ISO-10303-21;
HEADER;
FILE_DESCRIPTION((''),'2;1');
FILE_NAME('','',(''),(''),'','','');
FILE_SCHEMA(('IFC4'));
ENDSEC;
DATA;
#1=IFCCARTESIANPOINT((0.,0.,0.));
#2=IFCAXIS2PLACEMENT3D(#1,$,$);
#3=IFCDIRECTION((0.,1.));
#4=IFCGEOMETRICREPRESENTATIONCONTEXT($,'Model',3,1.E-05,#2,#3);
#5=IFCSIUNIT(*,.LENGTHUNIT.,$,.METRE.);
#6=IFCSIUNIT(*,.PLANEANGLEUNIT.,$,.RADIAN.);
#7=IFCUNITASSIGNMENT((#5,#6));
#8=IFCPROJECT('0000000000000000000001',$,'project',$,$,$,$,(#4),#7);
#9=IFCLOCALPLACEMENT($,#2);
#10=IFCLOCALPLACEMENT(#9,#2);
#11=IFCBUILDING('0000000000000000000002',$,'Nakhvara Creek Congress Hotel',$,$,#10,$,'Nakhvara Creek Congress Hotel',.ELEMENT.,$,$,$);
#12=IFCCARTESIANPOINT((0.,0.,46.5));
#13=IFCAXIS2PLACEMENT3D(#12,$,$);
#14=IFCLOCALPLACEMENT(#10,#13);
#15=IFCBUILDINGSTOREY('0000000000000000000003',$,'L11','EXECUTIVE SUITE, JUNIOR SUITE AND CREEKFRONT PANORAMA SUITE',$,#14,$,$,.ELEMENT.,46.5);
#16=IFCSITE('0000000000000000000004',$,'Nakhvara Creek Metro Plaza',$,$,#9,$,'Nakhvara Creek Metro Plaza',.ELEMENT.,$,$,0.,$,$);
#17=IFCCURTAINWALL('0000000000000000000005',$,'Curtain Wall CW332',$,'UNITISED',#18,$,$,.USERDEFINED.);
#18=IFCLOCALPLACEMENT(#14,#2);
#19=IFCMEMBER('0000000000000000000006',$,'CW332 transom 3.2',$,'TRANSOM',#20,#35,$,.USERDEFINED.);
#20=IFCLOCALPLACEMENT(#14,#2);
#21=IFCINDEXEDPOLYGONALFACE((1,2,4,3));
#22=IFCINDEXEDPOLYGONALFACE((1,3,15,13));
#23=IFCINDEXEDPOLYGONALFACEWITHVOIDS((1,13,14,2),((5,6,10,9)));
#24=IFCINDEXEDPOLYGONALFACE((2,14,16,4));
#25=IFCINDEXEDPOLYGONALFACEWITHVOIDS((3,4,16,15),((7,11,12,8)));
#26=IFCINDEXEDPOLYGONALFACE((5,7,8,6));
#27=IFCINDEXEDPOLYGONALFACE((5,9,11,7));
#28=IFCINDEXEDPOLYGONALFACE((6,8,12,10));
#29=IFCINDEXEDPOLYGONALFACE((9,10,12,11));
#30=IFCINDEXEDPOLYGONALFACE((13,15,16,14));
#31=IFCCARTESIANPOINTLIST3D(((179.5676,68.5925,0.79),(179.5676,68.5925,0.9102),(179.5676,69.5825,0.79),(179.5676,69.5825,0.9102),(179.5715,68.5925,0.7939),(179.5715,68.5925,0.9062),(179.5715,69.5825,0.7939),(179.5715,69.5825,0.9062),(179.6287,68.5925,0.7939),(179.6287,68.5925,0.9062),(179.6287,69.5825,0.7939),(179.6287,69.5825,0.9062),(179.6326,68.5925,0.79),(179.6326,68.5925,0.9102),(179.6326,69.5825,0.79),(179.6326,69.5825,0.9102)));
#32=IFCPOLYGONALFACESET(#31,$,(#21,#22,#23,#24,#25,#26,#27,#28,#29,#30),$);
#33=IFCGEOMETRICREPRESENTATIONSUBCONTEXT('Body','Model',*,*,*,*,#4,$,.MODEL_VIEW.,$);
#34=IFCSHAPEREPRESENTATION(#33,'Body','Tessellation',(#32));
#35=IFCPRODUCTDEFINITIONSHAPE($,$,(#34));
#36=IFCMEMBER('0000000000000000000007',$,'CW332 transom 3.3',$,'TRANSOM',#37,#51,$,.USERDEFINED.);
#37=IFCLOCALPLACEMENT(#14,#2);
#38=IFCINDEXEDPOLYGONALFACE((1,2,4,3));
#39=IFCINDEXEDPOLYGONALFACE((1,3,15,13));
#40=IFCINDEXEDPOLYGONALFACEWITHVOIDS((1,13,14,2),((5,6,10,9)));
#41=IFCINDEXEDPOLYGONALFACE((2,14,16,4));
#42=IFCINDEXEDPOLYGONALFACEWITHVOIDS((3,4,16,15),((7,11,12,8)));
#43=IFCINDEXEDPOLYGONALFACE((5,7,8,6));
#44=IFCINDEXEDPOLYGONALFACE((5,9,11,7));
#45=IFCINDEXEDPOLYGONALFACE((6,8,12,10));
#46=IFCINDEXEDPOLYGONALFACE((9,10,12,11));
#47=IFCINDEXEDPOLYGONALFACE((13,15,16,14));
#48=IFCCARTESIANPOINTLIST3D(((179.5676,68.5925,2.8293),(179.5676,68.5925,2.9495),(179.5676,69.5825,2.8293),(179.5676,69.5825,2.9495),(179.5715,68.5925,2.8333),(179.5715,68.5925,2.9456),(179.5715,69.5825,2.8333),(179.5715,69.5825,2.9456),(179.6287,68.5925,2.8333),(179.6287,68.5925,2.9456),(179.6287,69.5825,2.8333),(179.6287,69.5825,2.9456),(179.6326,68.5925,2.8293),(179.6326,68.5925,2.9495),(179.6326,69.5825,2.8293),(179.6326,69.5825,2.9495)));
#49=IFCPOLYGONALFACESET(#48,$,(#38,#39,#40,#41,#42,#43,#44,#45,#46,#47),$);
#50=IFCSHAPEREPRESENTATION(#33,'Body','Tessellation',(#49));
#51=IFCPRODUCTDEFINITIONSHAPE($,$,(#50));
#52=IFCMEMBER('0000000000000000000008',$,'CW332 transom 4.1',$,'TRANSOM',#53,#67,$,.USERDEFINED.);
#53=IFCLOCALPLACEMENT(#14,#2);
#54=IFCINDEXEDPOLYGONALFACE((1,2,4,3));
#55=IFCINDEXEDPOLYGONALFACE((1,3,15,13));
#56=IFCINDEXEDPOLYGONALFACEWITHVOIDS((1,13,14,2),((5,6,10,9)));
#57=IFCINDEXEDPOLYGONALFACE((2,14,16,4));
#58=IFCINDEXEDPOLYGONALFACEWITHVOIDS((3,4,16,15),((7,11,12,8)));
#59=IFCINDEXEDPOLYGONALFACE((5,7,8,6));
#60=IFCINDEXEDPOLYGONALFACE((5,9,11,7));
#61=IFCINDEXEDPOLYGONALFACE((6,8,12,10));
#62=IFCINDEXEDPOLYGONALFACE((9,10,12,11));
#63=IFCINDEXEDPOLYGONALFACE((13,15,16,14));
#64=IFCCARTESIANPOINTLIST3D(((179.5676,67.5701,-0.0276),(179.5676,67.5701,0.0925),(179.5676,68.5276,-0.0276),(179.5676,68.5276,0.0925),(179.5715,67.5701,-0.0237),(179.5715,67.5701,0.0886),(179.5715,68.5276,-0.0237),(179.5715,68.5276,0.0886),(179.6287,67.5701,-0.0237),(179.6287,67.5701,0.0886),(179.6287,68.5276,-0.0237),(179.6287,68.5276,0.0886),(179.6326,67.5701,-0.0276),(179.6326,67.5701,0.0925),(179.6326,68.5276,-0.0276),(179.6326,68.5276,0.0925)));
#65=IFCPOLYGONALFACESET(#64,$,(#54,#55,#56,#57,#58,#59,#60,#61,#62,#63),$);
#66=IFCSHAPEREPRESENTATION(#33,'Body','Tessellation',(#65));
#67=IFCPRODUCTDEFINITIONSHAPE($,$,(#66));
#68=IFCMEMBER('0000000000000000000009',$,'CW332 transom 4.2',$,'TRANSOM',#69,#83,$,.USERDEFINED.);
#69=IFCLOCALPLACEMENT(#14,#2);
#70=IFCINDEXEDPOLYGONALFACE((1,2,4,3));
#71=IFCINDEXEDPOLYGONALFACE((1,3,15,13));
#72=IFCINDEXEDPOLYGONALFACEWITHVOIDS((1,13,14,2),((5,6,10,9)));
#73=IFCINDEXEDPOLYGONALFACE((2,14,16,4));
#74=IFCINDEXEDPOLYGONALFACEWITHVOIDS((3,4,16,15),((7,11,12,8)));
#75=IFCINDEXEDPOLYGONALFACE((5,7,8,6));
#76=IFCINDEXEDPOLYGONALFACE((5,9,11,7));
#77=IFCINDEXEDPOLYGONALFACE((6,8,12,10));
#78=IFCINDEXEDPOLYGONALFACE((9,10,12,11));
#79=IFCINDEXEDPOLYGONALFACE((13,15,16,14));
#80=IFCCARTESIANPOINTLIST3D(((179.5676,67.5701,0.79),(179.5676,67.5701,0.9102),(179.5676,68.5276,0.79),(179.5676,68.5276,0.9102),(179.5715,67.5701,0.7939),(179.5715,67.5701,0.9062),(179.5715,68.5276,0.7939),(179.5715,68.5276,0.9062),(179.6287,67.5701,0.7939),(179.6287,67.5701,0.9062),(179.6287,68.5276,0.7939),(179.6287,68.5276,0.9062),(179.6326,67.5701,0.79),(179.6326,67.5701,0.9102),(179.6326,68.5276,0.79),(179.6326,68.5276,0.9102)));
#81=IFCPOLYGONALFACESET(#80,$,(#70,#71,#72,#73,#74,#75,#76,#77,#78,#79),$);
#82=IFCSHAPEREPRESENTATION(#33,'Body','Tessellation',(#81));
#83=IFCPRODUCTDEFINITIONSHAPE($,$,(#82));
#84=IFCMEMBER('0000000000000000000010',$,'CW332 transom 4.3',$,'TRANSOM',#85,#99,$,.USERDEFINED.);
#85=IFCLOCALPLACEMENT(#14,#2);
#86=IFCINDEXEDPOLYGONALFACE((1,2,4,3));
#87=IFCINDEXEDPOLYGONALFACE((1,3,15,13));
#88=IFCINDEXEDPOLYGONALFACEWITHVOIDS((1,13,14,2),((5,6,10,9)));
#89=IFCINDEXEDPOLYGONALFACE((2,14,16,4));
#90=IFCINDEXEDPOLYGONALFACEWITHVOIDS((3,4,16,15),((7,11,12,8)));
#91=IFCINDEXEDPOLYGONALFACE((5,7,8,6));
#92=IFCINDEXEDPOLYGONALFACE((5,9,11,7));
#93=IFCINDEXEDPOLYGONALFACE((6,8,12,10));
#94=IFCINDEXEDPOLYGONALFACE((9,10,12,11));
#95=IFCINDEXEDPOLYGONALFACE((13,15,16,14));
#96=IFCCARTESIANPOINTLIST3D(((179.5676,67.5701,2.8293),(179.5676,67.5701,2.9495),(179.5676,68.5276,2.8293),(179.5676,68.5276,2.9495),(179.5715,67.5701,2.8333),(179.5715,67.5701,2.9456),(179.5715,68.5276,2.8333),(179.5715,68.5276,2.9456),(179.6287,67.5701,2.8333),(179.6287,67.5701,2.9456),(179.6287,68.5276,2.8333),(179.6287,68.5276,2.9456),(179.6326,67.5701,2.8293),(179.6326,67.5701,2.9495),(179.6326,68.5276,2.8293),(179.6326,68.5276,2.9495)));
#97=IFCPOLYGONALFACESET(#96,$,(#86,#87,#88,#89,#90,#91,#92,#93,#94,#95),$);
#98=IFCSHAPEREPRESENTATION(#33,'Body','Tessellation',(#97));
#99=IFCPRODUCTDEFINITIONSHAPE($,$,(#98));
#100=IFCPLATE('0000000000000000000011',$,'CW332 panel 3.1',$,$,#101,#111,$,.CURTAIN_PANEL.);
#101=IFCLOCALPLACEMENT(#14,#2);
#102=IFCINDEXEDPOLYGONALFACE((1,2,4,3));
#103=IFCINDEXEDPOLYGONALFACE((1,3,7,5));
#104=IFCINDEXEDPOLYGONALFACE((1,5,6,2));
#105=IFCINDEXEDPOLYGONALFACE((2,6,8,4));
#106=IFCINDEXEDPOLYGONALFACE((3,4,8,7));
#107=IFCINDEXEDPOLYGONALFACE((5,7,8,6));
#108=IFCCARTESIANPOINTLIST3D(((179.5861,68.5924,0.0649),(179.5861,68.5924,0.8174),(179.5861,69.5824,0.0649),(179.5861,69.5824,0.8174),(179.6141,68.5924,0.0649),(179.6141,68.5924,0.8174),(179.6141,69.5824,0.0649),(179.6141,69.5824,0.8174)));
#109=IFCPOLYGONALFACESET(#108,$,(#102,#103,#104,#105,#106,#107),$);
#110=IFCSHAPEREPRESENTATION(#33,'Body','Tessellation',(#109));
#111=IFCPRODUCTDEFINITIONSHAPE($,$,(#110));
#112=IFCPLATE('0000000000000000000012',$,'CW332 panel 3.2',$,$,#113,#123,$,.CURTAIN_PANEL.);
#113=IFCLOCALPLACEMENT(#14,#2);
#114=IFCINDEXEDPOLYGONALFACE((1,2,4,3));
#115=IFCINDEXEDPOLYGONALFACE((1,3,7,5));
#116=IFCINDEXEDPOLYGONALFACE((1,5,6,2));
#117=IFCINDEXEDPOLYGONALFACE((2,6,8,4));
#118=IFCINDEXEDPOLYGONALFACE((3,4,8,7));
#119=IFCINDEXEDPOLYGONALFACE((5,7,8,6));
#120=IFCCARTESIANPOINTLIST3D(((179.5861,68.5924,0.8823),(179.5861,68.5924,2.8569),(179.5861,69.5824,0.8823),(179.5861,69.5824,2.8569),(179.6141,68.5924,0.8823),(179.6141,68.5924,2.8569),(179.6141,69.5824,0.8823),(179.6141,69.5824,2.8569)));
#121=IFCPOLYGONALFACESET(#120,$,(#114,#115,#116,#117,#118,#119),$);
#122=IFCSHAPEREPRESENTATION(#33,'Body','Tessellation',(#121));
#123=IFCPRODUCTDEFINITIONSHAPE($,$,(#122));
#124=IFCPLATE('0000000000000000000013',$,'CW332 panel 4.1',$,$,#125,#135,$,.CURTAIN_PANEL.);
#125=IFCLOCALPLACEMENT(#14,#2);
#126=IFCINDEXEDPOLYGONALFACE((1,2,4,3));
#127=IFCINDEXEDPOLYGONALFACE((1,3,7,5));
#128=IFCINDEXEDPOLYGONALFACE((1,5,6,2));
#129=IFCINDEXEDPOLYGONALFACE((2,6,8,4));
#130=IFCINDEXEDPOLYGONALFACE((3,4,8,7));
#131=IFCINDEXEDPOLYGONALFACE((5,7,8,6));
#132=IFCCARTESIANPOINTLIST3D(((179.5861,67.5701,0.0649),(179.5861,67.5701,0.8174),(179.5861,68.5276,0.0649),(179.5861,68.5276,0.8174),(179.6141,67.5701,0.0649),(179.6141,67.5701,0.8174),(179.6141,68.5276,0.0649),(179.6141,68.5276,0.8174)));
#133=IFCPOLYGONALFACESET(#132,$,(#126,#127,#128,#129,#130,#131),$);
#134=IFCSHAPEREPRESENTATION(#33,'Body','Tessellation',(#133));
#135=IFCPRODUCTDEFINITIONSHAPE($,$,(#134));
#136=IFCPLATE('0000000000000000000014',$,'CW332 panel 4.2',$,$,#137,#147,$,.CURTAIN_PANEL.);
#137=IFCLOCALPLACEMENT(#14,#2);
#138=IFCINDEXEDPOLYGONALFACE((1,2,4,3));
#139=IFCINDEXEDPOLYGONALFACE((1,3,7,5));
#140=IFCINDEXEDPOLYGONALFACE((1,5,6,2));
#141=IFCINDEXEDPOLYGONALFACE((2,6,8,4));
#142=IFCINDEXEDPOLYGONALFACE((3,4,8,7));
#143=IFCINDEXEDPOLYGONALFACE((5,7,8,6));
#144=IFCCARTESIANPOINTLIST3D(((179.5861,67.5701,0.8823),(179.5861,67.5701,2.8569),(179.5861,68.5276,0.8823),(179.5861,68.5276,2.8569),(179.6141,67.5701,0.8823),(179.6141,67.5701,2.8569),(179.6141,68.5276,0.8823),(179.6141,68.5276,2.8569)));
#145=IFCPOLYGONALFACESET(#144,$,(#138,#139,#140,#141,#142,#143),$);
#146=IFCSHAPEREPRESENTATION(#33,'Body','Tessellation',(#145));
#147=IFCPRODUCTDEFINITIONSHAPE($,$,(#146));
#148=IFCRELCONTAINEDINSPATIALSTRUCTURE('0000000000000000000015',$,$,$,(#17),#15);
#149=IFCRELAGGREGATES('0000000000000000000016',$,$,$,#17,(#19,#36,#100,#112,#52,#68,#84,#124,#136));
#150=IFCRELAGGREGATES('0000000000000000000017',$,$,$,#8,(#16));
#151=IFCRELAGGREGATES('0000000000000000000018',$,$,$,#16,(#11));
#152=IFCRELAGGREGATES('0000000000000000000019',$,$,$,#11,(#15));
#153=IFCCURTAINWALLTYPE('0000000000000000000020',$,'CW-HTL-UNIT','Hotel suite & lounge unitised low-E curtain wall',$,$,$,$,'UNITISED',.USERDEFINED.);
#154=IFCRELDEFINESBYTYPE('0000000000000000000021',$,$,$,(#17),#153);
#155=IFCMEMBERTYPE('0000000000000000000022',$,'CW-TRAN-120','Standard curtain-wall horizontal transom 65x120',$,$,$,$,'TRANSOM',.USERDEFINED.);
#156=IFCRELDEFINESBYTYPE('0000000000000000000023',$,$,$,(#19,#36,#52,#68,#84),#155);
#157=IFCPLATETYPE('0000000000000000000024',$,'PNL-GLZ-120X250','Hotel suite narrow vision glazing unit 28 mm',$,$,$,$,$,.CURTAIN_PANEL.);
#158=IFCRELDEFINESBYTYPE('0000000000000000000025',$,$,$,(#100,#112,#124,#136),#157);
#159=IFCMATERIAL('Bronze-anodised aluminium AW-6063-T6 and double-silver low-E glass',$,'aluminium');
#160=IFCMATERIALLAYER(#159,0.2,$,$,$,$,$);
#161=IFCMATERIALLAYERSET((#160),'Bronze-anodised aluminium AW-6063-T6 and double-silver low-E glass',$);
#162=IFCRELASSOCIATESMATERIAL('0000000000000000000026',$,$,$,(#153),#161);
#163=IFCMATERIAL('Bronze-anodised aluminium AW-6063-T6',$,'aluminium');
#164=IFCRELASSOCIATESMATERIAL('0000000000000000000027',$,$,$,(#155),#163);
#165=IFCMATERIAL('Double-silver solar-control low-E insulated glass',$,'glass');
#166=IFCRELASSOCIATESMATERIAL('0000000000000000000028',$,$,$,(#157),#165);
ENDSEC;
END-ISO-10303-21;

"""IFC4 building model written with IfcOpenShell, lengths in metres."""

from ifc_helpers import new_model, si_unit, direction, frame, origin, origin_2d, place, context, subcontext, project, spatial, rectangle, hollow_rectangle, extrude, material, layer, layer_set, material_profile, profile_set, type_object, element, aggregate, save


model = new_model("IFC4")

# Units and contexts
model_context = context("Model", 3, precision=1e-05, world=origin(), true_north=direction((0.0, 1.0)))
body_context = subcontext(model_context, "Body", "Model", "MODEL_VIEW")
ifc_project = project(units=[si_unit("LENGTHUNIT", "METRE"), si_unit("PLANEANGLEUNIT", "RADIAN")], contexts=[model_context])

# Site, building, storey
site_placement = place(None, origin())
site = spatial("IfcSite", under=ifc_project, at=site_placement, Name="Nakhvara Creek Metro Plaza", LongName="Nakhvara Creek Metro Plaza", CompositionType="ELEMENT", RefElevation=0.0)
building_placement = place(site_placement, origin())
building = spatial("IfcBuilding", under=site, at=building_placement, Name="Nakhvara Creek Congress Hotel", LongName="Nakhvara Creek Congress Hotel", CompositionType="ELEMENT")
storey_placement = place(building_placement, frame((0.0, 0.0, 46.5)))
storey = spatial("IfcBuildingStorey", under=building, at=storey_placement, Name="L11", Description="EXECUTIVE SUITE, JUNIOR SUITE AND CREEKFRONT PANORAMA SUITE", CompositionType="ELEMENT", Elevation=46.5)

# Curtain wall, members, plates
ifc_material_1 = material(Name="Bronze-anodised aluminium AW-6063-T6 and double-silver low-E glass", Category="aluminium")
ifc_layer_1 = layer(ifc_material_1, 0.2)
ifc_layer_set_1 = layer_set([ifc_layer_1], Name="Bronze-anodised aluminium AW-6063-T6 and double-silver low-E glass")
curtain_wall_type = type_object("IfcCurtainWallType", Name="CW-HTL-UNIT", Description="Hotel suite & lounge unitised low-E curtain wall", ElementType="UNITISED", PredefinedType="USERDEFINED", material=ifc_layer_set_1)
curtain_wall_placement = place(storey_placement, origin())
curtain_wall = element("IfcCurtainWall", 1, at=curtain_wall_placement, inside=storey, type_object=curtain_wall_type, Name="Curtain Wall CW332", ObjectType="UNITISED", PredefinedType="USERDEFINED")
ifc_material_2 = material(Name="Bronze-anodised aluminium AW-6063-T6", Category="aluminium")
ifc_material_profile_1 = material_profile(ifc_material_2, hollow_rectangle(XDim=0.0649, YDim=0.1201, WallThickness=0.0039, at=origin_2d()), Name="ALU-TRAN 65x120x4", Category="LoadBearing")
ifc_profile_set_1 = profile_set([ifc_material_profile_1], Name="Bronze-anodised aluminium AW-6063-T6")
member_type_1 = type_object("IfcMemberType", Name="CW-TRAN-120", Description="Standard curtain-wall horizontal transom 65x120", ElementType="TRANSOM", PredefinedType="USERDEFINED", material=ifc_profile_set_1)
member_1_placement = place(storey_placement, frame((179.6001, 69.5825, 0.8501), z_axis=(0.0, -1.0, 0.0), x_axis=(1.0, 0.0, 0.0)))
member_1 = element("IfcMember", 2, at=member_1_placement, type_object=member_type_1, Name="CW332 transom 3.2", ObjectType="TRANSOM", PredefinedType="USERDEFINED", context=body_context, shape_type="SweptSolid", body=[
    extrude(hollow_rectangle(XDim=0.0649, YDim=0.1201, WallThickness=0.0039, at=origin_2d()), origin(), (0.0, 0.0, 1.0), 0.99),
])
member_2_placement = place(storey_placement, frame((179.6001, 69.5825, 2.8894), z_axis=(0.0, -1.0, 0.0), x_axis=(1.0, 0.0, 0.0)))
member_2 = element("IfcMember", 3, at=member_2_placement, type_object=member_type_1, Name="CW332 transom 3.3", ObjectType="TRANSOM", PredefinedType="USERDEFINED", context=body_context, shape_type="SweptSolid", body=[
    extrude(hollow_rectangle(XDim=0.0649, YDim=0.1201, WallThickness=0.0039, at=origin_2d()), origin(), (0.0, 0.0, 1.0), 0.99),
])
member_3_placement = place(storey_placement, frame((179.6001, 68.5276, 0.0325), z_axis=(0.0, -1.0, 0.0), x_axis=(1.0, 0.0, 0.0)))
member_3 = element("IfcMember", 4, at=member_3_placement, type_object=member_type_1, Name="CW332 transom 4.1", ObjectType="TRANSOM", PredefinedType="USERDEFINED", context=body_context, shape_type="SweptSolid", body=[
    extrude(hollow_rectangle(XDim=0.0649, YDim=0.1201, WallThickness=0.0039, at=origin_2d()), origin(), (0.0, 0.0, 1.0), 0.9575),
])
member_4_placement = place(storey_placement, frame((179.6001, 68.5276, 0.8501), z_axis=(0.0, -1.0, 0.0), x_axis=(1.0, 0.0, 0.0)))
member_4 = element("IfcMember", 5, at=member_4_placement, type_object=member_type_1, Name="CW332 transom 4.2", ObjectType="TRANSOM", PredefinedType="USERDEFINED", context=body_context, shape_type="SweptSolid", body=[
    extrude(hollow_rectangle(XDim=0.0649, YDim=0.1201, WallThickness=0.0039, at=origin_2d()), origin(), (0.0, 0.0, 1.0), 0.9575),
])
member_5_placement = place(storey_placement, frame((179.6001, 68.5276, 2.8894), z_axis=(0.0, -1.0, 0.0), x_axis=(1.0, 0.0, 0.0)))
member_5 = element("IfcMember", 6, at=member_5_placement, type_object=member_type_1, Name="CW332 transom 4.3", ObjectType="TRANSOM", PredefinedType="USERDEFINED", context=body_context, shape_type="SweptSolid", body=[
    extrude(hollow_rectangle(XDim=0.0649, YDim=0.1201, WallThickness=0.0039, at=origin_2d()), origin(), (0.0, 0.0, 1.0), 0.9575),
])
ifc_material_3 = material(Name="Double-silver solar-control low-E insulated glass", Category="glass")
plate_type = type_object("IfcPlateType", Name="PNL-GLZ-120X250", Description="Hotel suite narrow vision glazing unit 28 mm", PredefinedType="CURTAIN_PANEL", material=ifc_material_3)
plate_1_placement = place(storey_placement, frame((179.6001, 69.0874, 0.0649), z_axis=(0.0, 0.0, 1.0), x_axis=(0.0, -1.0, 0.0)))
plate_1 = element("IfcPlate", 7, at=plate_1_placement, type_object=plate_type, Name="CW332 panel 3.1", PredefinedType="CURTAIN_PANEL", context=body_context, shape_type="SweptSolid", body=[
    extrude(rectangle(XDim=0.99, YDim=0.0281, at=origin_2d()), origin(), (0.0, 0.0, 1.0), 0.7524),
])
plate_2_placement = place(storey_placement, frame((179.6001, 69.0874, 0.8823), z_axis=(0.0, 0.0, 1.0), x_axis=(0.0, -1.0, 0.0)))
plate_2 = element("IfcPlate", 8, at=plate_2_placement, type_object=plate_type, Name="CW332 panel 3.2", PredefinedType="CURTAIN_PANEL", context=body_context, shape_type="SweptSolid", body=[
    extrude(rectangle(XDim=0.99, YDim=0.0281, at=origin_2d()), origin(), (0.0, 0.0, 1.0), 1.9746),
])
plate_3_placement = place(storey_placement, frame((179.6001, 68.0488, 0.0649), z_axis=(0.0, 0.0, 1.0), x_axis=(0.0, -1.0, 0.0)))
plate_3 = element("IfcPlate", 9, at=plate_3_placement, type_object=plate_type, Name="CW332 panel 4.1", PredefinedType="CURTAIN_PANEL", context=body_context, shape_type="SweptSolid", body=[
    extrude(rectangle(XDim=0.9575, YDim=0.0281, at=origin_2d()), origin(), (0.0, 0.0, 1.0), 0.7524),
])
plate_4_placement = place(storey_placement, frame((179.6001, 68.0488, 0.8823), z_axis=(0.0, 0.0, 1.0), x_axis=(0.0, -1.0, 0.0)))
plate_4 = element("IfcPlate", 10, at=plate_4_placement, type_object=plate_type, Name="CW332 panel 4.2", PredefinedType="CURTAIN_PANEL", context=body_context, shape_type="SweptSolid", body=[
    extrude(rectangle(XDim=0.9575, YDim=0.0281, at=origin_2d()), origin(), (0.0, 0.0, 1.0), 1.9746),
])
aggregate(curtain_wall, [member_1, member_2, plate_1, plate_2, member_3, member_4, member_5, plate_3, plate_4])

save(model, "model.ifc")
